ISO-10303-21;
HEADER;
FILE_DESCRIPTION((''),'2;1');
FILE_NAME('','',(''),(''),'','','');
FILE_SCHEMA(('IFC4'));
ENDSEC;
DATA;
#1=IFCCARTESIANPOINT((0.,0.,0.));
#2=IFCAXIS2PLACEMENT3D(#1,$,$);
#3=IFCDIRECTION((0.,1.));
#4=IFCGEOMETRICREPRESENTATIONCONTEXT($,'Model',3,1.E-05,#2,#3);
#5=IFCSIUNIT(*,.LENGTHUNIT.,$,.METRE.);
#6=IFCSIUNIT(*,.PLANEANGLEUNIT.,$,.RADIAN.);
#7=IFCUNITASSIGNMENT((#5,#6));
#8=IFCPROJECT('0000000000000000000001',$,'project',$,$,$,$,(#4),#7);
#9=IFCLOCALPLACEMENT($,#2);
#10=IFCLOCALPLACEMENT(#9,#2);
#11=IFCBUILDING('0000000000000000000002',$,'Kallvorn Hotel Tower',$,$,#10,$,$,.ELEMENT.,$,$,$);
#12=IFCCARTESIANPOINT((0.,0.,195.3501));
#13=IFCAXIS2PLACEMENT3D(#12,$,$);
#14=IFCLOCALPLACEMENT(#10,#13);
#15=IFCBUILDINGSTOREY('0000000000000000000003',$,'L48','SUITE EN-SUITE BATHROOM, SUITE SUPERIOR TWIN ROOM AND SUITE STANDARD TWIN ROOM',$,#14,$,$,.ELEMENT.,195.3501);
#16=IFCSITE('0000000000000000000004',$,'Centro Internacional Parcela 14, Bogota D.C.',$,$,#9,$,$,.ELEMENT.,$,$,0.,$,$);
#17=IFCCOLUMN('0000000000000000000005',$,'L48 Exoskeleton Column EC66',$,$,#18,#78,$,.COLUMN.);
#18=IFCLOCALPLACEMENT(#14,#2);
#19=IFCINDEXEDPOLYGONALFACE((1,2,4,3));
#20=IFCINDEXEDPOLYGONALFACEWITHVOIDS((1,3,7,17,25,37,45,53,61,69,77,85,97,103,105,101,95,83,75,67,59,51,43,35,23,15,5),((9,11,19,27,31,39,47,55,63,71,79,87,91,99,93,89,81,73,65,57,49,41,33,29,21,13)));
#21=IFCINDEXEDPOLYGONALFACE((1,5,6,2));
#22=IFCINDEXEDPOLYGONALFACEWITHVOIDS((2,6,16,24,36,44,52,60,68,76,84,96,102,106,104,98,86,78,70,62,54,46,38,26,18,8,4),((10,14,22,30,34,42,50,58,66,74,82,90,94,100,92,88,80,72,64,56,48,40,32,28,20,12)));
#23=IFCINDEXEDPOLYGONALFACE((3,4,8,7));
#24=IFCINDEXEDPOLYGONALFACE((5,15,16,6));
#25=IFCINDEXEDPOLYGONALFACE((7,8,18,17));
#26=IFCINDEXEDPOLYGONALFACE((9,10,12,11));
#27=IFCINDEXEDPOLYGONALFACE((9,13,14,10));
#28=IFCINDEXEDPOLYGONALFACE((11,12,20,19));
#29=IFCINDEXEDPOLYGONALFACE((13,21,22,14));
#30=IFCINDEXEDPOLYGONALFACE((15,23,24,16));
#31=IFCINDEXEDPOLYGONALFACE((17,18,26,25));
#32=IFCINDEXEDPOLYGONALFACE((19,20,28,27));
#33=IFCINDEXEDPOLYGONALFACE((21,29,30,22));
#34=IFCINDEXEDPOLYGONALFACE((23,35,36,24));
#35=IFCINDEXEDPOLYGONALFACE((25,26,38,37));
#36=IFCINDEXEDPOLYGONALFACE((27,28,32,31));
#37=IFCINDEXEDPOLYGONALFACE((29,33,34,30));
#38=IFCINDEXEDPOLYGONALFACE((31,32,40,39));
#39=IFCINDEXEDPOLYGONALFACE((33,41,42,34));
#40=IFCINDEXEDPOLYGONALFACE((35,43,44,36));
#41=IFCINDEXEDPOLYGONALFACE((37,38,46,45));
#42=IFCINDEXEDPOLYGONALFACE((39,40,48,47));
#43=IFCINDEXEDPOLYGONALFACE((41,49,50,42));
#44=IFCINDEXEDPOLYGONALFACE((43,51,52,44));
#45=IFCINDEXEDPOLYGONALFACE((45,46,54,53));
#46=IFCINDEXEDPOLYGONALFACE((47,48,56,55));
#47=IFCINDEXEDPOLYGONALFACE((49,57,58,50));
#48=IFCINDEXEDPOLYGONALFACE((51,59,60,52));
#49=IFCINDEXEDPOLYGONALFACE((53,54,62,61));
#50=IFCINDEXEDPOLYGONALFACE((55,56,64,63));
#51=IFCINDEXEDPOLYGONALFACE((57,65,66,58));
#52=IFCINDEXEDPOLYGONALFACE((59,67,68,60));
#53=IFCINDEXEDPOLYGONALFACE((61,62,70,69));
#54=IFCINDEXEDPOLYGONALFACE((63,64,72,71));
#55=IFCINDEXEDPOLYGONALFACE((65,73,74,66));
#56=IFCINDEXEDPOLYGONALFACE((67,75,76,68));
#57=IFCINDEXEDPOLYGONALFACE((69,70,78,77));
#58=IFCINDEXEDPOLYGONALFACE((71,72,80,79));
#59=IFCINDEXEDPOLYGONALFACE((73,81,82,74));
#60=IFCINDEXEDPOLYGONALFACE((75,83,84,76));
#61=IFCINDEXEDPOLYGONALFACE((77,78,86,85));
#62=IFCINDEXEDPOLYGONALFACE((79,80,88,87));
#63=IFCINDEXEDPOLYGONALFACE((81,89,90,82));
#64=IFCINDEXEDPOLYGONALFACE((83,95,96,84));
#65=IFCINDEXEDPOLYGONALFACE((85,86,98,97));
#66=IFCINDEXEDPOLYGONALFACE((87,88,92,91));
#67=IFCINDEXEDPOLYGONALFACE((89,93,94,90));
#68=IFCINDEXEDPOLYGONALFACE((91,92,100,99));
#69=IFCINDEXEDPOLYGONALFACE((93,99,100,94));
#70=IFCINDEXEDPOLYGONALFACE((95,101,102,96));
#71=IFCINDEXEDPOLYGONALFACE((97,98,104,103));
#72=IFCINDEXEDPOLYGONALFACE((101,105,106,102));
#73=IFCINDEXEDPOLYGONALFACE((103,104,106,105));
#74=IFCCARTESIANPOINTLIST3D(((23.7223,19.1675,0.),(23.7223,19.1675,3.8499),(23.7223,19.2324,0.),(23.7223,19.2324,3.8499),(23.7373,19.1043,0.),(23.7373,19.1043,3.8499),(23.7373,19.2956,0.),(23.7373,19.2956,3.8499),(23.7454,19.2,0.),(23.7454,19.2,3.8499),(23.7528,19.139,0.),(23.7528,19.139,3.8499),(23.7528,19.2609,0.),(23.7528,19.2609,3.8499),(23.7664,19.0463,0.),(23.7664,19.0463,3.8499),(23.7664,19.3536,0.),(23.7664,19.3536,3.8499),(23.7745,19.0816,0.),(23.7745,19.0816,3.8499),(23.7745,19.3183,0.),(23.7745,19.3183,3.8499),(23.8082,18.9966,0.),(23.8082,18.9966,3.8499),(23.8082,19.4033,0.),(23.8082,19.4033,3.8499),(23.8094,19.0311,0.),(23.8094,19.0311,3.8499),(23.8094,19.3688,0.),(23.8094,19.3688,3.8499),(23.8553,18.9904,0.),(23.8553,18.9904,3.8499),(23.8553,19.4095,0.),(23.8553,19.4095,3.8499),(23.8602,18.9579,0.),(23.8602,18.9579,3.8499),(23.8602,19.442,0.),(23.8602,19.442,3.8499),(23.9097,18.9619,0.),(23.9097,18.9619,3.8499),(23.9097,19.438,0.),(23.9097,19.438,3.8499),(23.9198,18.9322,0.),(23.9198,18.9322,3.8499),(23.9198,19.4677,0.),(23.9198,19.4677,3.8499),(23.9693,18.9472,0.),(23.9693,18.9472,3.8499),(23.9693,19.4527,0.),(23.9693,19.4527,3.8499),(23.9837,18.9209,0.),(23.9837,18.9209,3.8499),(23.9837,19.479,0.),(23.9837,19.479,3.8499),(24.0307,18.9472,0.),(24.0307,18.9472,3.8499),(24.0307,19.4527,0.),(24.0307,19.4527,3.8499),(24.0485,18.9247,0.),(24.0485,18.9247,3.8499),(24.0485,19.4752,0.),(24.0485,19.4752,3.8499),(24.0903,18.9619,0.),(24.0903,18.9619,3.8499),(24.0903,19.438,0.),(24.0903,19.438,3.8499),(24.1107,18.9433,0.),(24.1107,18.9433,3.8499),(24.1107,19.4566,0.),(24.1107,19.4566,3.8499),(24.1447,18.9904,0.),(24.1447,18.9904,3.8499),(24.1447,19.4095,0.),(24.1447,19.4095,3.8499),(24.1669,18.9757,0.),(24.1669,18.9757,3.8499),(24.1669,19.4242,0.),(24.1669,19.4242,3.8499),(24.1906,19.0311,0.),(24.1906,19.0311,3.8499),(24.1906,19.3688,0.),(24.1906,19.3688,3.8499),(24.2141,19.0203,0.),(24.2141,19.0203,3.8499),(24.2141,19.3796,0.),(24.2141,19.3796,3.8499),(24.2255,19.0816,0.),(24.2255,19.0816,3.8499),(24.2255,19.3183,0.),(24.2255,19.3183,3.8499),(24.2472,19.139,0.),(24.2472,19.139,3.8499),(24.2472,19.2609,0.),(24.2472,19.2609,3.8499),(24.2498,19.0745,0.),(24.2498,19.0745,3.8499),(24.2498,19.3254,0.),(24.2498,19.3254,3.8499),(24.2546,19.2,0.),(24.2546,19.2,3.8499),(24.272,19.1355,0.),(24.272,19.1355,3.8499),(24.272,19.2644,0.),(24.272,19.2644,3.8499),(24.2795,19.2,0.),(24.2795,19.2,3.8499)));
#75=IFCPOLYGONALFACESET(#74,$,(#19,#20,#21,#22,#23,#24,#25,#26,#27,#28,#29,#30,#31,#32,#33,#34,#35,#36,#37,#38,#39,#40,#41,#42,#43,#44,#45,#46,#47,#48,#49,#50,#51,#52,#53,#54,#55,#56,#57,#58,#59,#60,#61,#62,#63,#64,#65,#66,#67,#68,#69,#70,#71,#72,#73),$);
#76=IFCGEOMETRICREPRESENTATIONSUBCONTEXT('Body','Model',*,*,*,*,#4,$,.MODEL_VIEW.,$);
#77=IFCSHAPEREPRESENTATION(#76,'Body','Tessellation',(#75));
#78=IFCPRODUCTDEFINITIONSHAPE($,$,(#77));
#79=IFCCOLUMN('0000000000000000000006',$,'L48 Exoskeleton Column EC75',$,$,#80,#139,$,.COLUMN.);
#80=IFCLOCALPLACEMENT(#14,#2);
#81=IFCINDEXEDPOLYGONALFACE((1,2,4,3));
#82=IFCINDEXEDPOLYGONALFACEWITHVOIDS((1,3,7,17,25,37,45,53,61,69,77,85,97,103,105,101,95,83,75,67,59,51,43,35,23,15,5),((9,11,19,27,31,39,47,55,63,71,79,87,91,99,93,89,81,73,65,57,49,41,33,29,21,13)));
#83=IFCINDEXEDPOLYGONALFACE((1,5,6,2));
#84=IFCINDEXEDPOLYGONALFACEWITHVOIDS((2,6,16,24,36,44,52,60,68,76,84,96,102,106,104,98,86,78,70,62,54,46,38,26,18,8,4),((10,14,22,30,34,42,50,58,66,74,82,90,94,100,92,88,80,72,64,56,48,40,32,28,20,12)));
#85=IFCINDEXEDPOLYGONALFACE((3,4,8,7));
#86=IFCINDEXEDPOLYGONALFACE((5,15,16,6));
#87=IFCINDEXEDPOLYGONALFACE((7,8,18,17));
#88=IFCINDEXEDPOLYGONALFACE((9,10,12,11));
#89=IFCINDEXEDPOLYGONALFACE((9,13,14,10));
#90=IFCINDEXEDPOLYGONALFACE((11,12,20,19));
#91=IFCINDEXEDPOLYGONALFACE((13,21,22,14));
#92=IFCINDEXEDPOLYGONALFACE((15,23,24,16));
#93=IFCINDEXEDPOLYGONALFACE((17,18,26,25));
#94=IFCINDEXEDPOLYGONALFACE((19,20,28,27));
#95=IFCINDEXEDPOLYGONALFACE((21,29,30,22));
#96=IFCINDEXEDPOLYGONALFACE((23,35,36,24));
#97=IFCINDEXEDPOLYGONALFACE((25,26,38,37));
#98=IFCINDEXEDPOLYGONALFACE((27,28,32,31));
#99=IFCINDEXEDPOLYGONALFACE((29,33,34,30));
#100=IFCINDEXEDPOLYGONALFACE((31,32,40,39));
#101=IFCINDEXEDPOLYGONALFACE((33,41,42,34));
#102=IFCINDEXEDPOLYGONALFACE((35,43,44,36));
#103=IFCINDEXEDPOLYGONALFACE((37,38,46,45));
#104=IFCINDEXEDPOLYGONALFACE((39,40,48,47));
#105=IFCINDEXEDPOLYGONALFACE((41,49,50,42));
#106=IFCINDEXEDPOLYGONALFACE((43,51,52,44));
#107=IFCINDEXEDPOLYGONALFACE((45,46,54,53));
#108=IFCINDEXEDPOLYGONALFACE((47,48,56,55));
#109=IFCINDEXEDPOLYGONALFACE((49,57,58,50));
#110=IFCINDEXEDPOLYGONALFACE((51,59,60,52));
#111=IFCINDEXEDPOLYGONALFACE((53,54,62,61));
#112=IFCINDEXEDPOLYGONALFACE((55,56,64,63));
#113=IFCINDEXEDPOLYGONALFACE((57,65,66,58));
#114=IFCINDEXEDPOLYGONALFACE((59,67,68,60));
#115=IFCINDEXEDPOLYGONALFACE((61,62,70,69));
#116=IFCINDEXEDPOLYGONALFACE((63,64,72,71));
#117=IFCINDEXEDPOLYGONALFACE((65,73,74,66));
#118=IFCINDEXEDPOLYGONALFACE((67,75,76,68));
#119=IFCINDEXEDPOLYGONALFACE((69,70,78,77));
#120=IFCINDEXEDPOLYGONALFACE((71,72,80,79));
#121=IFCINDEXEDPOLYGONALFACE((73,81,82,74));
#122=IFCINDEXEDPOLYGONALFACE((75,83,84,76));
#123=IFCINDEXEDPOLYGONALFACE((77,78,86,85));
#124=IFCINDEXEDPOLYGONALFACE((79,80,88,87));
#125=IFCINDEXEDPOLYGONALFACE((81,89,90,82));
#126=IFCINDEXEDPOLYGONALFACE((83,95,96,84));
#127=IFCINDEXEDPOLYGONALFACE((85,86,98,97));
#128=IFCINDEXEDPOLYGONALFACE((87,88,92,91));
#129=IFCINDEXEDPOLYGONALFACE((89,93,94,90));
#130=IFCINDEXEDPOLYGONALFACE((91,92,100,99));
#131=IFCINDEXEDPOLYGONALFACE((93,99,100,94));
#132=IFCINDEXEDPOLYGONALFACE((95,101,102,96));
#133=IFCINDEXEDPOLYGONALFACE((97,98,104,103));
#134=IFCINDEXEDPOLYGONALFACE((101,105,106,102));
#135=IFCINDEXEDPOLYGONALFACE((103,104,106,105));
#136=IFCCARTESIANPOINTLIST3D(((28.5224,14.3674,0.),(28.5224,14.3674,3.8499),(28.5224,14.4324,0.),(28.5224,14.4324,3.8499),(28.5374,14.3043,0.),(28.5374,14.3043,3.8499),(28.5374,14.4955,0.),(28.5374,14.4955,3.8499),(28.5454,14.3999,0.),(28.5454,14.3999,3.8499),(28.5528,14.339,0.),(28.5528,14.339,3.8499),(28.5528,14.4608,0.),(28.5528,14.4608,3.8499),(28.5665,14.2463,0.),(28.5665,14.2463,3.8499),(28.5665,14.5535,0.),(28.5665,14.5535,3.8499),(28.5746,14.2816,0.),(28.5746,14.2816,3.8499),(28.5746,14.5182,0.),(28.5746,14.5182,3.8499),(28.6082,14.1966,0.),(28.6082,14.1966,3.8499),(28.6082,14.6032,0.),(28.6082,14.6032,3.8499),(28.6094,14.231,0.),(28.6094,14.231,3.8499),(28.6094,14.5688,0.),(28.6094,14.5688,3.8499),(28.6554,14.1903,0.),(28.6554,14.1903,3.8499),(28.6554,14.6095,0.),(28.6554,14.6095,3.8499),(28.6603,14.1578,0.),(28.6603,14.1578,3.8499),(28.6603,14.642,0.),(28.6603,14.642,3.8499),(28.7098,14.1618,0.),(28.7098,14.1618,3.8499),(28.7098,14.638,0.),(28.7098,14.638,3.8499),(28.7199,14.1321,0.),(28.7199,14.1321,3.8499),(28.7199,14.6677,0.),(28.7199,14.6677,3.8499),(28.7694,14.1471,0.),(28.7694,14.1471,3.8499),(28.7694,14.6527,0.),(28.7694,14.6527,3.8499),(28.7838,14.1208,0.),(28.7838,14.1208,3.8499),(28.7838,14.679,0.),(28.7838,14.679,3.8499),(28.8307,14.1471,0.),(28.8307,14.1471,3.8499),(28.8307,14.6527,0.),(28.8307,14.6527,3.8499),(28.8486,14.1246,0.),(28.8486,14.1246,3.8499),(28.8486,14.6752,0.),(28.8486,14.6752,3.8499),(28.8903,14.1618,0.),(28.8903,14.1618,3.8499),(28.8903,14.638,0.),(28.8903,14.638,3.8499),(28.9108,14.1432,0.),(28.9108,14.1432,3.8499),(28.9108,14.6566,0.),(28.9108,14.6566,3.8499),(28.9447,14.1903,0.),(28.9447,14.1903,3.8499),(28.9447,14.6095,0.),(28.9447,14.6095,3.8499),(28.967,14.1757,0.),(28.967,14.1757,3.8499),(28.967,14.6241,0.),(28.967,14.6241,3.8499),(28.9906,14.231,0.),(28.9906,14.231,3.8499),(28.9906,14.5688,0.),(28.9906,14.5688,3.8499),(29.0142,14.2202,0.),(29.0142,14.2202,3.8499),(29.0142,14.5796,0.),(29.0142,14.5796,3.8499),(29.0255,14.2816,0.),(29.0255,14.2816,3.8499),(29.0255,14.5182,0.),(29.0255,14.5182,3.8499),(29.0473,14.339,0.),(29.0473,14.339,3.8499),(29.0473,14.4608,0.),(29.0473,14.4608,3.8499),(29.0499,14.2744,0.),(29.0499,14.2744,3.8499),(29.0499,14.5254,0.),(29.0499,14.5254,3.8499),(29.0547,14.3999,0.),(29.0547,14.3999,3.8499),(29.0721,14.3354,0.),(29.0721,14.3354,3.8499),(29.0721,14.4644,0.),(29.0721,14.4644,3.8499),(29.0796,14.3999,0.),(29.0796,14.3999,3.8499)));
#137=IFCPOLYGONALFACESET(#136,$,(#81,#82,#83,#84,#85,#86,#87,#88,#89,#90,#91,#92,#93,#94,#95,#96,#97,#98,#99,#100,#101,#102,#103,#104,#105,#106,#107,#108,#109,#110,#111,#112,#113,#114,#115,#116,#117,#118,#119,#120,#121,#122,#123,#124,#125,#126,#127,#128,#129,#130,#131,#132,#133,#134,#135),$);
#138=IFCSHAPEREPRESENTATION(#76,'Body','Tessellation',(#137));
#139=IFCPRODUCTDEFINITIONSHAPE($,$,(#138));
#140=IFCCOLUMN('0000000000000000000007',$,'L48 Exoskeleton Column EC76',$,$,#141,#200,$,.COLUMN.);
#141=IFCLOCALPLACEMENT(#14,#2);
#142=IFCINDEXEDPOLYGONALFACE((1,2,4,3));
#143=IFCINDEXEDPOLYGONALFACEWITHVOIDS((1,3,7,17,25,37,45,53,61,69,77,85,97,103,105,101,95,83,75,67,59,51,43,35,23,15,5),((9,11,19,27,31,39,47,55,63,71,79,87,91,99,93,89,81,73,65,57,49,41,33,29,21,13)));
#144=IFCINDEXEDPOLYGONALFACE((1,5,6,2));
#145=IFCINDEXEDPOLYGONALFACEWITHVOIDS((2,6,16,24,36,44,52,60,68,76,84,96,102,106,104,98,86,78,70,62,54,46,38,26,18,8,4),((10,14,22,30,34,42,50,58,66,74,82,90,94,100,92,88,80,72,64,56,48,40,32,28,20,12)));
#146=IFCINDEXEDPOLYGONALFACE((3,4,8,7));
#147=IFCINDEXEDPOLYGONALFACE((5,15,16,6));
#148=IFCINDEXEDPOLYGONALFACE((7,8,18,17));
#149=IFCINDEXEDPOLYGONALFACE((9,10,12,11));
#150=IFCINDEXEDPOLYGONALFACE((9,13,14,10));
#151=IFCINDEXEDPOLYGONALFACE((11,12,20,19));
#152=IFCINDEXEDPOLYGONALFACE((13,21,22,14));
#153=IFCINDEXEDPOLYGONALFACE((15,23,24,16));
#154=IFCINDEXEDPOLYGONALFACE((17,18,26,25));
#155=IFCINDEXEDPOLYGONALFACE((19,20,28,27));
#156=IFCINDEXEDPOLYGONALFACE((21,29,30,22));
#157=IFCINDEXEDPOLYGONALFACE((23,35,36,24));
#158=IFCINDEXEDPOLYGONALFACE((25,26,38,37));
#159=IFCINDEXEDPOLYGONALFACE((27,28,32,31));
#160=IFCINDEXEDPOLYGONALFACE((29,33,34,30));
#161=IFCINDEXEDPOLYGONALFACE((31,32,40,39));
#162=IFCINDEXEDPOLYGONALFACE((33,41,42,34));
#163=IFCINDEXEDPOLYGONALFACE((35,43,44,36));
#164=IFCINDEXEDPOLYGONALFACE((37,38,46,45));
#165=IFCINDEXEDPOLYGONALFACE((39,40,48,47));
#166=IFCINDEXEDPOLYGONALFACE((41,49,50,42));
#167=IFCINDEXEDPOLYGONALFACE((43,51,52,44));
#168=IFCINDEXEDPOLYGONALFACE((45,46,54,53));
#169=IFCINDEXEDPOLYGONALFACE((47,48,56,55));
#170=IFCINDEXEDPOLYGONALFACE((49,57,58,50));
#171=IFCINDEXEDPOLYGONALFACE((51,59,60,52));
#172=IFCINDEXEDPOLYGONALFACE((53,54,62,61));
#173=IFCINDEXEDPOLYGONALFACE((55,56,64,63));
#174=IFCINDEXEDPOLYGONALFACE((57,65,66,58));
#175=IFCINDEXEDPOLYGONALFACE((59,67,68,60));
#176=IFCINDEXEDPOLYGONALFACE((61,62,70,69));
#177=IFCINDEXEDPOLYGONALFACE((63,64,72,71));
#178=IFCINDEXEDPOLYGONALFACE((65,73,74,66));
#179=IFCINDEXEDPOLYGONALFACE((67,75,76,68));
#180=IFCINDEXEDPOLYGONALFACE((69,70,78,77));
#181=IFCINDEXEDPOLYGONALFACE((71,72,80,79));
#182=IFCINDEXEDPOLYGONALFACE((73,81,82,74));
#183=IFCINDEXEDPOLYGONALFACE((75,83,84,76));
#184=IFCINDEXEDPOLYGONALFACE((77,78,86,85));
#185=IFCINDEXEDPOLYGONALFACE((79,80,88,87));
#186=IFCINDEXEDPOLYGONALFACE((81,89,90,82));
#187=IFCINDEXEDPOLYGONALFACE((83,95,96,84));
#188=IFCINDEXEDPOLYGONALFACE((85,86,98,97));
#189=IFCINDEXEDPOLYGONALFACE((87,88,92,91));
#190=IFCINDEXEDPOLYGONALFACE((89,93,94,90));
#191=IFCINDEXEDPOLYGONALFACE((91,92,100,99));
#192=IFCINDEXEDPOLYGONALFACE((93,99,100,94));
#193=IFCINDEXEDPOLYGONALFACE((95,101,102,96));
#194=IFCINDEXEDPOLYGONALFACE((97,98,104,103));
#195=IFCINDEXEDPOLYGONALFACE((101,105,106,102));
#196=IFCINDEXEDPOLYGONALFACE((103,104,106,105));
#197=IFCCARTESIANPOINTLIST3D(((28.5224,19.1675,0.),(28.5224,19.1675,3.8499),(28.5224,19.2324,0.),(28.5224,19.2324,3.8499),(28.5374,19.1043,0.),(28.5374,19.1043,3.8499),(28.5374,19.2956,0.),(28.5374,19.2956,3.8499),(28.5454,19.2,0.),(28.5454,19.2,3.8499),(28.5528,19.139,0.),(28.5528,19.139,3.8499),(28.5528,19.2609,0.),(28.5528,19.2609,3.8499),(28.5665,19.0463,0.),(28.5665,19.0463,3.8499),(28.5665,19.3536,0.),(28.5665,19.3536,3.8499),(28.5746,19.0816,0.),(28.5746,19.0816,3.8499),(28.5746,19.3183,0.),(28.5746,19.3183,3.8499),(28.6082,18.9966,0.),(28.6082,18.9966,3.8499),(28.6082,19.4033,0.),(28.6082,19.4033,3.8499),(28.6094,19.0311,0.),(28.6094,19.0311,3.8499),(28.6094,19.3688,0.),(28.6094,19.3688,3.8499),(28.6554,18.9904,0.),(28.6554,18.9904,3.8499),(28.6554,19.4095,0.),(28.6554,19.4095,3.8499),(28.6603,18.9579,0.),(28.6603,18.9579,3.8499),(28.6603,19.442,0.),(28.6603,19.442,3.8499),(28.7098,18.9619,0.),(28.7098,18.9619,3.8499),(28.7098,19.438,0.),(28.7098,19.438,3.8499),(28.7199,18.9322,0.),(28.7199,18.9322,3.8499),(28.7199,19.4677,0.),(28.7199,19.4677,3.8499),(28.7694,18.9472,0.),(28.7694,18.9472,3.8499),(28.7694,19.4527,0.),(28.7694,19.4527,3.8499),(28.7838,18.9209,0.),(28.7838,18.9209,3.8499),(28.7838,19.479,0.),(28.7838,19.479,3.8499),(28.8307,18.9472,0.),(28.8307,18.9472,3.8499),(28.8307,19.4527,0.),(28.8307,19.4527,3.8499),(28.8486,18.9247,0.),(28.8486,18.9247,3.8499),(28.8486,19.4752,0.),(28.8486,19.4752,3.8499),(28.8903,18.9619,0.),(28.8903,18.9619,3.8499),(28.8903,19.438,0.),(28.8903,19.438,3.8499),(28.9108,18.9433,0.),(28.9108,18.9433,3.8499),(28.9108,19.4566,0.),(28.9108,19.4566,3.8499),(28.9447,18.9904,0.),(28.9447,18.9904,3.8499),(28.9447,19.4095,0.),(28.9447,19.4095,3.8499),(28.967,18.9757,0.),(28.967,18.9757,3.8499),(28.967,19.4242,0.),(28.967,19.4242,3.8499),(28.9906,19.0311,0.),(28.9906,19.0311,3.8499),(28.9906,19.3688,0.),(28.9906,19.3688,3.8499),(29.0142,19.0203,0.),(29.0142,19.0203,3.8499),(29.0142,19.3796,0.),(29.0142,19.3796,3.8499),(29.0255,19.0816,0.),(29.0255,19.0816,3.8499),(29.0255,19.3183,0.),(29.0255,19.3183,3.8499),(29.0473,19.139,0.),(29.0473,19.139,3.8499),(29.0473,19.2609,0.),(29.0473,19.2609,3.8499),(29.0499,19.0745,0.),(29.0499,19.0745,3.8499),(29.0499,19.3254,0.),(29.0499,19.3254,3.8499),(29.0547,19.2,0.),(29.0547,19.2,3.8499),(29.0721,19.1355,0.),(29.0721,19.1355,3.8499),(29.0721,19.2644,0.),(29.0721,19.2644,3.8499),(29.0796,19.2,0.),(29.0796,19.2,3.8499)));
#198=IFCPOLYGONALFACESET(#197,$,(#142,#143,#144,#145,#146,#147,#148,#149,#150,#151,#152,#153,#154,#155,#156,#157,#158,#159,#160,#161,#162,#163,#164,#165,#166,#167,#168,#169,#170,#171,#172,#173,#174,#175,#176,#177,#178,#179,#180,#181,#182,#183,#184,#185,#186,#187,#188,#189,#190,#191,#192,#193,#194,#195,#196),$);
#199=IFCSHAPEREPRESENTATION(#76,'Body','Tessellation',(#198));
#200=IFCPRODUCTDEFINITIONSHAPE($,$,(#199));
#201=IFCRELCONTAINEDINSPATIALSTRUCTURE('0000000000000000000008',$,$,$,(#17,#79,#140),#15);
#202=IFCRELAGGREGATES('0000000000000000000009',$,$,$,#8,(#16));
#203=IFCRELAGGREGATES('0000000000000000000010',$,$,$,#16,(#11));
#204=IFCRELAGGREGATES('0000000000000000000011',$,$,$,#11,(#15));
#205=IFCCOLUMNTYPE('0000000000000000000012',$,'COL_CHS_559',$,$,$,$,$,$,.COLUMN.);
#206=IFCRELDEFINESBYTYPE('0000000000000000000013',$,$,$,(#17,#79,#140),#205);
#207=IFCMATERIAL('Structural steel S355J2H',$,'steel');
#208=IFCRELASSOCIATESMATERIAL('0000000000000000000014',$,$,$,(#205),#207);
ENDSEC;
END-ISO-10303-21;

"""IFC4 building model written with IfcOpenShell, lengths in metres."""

from ifc_helpers import new_model, si_unit, direction, frame, origin, origin_2d, place, context, subcontext, project, spatial, hollow_circle, extrude, material, material_profile, profile_set, type_object, element, save


model = new_model("IFC4")

# Units and contexts
model_context = context("Model", 3, precision=1e-05, world=origin(), true_north=direction((0.0, 1.0)))
body_context = subcontext(model_context, "Body", "Model", "MODEL_VIEW")
ifc_project = project(units=[si_unit("LENGTHUNIT", "METRE"), si_unit("PLANEANGLEUNIT", "RADIAN")], contexts=[model_context])

# Site, building, storey
site_placement = place(None, origin())
site = spatial("IfcSite", under=ifc_project, at=site_placement, Name="Centro Internacional Parcela 14, Bogota D.C.", CompositionType="ELEMENT", RefElevation=0.0)
building_placement = place(site_placement, origin())
building = spatial("IfcBuilding", under=site, at=building_placement, Name="Kallvorn Hotel Tower", CompositionType="ELEMENT")
storey_placement = place(building_placement, frame((0.0, 0.0, 195.3501)))
storey = spatial("IfcBuildingStorey", under=building, at=storey_placement, Name="L48", Description="SUITE EN-SUITE BATHROOM, SUITE SUPERIOR TWIN ROOM AND SUITE STANDARD TWIN ROOM", CompositionType="ELEMENT", Elevation=195.3501)

# Columns
ifc_material_1 = material(Name="Structural steel S355J2H", Category="steel")
ifc_material_profile_1 = material_profile(ifc_material_1, hollow_circle(Radius=0.2795, WallThickness=0.0249, at=origin_2d()), Name="CHS 559x25")
ifc_profile_set_1 = profile_set([ifc_material_profile_1], Name="Structural steel S355J2H")
column_type_1 = type_object("IfcColumnType", Name="COL_CHS_559", PredefinedType="COLUMN", material=ifc_profile_set_1)
for number, where, z_axis, x_axis, name in (
    (1, (24.0, 19.2, 0.0), (0.0, 0.0, 1.0), (1.0, 0.0, 0.0), "L48 Exoskeleton Column EC66"),
    (2, (28.8, 14.3999, 0.0), (0.0, 0.0, 1.0), (1.0, 0.0, 0.0), "L48 Exoskeleton Column EC75"),
    (3, (28.8, 19.2, 0.0), (0.0, 0.0, 1.0), (1.0, 0.0, 0.0), "L48 Exoskeleton Column EC76"),
):
    element("IfcColumn", number, at=place(storey_placement, frame(where, z_axis=z_axis, x_axis=x_axis)), inside=storey, type_object=column_type_1, Name=name, PredefinedType="COLUMN", context=body_context, shape_type="SweptSolid", body=[
        extrude(hollow_circle(Radius=0.2795, WallThickness=0.0249, at=origin_2d()), origin(), (0.0, 0.0, 1.0), 3.8499),
    ])

save(model, "model.ifc")
